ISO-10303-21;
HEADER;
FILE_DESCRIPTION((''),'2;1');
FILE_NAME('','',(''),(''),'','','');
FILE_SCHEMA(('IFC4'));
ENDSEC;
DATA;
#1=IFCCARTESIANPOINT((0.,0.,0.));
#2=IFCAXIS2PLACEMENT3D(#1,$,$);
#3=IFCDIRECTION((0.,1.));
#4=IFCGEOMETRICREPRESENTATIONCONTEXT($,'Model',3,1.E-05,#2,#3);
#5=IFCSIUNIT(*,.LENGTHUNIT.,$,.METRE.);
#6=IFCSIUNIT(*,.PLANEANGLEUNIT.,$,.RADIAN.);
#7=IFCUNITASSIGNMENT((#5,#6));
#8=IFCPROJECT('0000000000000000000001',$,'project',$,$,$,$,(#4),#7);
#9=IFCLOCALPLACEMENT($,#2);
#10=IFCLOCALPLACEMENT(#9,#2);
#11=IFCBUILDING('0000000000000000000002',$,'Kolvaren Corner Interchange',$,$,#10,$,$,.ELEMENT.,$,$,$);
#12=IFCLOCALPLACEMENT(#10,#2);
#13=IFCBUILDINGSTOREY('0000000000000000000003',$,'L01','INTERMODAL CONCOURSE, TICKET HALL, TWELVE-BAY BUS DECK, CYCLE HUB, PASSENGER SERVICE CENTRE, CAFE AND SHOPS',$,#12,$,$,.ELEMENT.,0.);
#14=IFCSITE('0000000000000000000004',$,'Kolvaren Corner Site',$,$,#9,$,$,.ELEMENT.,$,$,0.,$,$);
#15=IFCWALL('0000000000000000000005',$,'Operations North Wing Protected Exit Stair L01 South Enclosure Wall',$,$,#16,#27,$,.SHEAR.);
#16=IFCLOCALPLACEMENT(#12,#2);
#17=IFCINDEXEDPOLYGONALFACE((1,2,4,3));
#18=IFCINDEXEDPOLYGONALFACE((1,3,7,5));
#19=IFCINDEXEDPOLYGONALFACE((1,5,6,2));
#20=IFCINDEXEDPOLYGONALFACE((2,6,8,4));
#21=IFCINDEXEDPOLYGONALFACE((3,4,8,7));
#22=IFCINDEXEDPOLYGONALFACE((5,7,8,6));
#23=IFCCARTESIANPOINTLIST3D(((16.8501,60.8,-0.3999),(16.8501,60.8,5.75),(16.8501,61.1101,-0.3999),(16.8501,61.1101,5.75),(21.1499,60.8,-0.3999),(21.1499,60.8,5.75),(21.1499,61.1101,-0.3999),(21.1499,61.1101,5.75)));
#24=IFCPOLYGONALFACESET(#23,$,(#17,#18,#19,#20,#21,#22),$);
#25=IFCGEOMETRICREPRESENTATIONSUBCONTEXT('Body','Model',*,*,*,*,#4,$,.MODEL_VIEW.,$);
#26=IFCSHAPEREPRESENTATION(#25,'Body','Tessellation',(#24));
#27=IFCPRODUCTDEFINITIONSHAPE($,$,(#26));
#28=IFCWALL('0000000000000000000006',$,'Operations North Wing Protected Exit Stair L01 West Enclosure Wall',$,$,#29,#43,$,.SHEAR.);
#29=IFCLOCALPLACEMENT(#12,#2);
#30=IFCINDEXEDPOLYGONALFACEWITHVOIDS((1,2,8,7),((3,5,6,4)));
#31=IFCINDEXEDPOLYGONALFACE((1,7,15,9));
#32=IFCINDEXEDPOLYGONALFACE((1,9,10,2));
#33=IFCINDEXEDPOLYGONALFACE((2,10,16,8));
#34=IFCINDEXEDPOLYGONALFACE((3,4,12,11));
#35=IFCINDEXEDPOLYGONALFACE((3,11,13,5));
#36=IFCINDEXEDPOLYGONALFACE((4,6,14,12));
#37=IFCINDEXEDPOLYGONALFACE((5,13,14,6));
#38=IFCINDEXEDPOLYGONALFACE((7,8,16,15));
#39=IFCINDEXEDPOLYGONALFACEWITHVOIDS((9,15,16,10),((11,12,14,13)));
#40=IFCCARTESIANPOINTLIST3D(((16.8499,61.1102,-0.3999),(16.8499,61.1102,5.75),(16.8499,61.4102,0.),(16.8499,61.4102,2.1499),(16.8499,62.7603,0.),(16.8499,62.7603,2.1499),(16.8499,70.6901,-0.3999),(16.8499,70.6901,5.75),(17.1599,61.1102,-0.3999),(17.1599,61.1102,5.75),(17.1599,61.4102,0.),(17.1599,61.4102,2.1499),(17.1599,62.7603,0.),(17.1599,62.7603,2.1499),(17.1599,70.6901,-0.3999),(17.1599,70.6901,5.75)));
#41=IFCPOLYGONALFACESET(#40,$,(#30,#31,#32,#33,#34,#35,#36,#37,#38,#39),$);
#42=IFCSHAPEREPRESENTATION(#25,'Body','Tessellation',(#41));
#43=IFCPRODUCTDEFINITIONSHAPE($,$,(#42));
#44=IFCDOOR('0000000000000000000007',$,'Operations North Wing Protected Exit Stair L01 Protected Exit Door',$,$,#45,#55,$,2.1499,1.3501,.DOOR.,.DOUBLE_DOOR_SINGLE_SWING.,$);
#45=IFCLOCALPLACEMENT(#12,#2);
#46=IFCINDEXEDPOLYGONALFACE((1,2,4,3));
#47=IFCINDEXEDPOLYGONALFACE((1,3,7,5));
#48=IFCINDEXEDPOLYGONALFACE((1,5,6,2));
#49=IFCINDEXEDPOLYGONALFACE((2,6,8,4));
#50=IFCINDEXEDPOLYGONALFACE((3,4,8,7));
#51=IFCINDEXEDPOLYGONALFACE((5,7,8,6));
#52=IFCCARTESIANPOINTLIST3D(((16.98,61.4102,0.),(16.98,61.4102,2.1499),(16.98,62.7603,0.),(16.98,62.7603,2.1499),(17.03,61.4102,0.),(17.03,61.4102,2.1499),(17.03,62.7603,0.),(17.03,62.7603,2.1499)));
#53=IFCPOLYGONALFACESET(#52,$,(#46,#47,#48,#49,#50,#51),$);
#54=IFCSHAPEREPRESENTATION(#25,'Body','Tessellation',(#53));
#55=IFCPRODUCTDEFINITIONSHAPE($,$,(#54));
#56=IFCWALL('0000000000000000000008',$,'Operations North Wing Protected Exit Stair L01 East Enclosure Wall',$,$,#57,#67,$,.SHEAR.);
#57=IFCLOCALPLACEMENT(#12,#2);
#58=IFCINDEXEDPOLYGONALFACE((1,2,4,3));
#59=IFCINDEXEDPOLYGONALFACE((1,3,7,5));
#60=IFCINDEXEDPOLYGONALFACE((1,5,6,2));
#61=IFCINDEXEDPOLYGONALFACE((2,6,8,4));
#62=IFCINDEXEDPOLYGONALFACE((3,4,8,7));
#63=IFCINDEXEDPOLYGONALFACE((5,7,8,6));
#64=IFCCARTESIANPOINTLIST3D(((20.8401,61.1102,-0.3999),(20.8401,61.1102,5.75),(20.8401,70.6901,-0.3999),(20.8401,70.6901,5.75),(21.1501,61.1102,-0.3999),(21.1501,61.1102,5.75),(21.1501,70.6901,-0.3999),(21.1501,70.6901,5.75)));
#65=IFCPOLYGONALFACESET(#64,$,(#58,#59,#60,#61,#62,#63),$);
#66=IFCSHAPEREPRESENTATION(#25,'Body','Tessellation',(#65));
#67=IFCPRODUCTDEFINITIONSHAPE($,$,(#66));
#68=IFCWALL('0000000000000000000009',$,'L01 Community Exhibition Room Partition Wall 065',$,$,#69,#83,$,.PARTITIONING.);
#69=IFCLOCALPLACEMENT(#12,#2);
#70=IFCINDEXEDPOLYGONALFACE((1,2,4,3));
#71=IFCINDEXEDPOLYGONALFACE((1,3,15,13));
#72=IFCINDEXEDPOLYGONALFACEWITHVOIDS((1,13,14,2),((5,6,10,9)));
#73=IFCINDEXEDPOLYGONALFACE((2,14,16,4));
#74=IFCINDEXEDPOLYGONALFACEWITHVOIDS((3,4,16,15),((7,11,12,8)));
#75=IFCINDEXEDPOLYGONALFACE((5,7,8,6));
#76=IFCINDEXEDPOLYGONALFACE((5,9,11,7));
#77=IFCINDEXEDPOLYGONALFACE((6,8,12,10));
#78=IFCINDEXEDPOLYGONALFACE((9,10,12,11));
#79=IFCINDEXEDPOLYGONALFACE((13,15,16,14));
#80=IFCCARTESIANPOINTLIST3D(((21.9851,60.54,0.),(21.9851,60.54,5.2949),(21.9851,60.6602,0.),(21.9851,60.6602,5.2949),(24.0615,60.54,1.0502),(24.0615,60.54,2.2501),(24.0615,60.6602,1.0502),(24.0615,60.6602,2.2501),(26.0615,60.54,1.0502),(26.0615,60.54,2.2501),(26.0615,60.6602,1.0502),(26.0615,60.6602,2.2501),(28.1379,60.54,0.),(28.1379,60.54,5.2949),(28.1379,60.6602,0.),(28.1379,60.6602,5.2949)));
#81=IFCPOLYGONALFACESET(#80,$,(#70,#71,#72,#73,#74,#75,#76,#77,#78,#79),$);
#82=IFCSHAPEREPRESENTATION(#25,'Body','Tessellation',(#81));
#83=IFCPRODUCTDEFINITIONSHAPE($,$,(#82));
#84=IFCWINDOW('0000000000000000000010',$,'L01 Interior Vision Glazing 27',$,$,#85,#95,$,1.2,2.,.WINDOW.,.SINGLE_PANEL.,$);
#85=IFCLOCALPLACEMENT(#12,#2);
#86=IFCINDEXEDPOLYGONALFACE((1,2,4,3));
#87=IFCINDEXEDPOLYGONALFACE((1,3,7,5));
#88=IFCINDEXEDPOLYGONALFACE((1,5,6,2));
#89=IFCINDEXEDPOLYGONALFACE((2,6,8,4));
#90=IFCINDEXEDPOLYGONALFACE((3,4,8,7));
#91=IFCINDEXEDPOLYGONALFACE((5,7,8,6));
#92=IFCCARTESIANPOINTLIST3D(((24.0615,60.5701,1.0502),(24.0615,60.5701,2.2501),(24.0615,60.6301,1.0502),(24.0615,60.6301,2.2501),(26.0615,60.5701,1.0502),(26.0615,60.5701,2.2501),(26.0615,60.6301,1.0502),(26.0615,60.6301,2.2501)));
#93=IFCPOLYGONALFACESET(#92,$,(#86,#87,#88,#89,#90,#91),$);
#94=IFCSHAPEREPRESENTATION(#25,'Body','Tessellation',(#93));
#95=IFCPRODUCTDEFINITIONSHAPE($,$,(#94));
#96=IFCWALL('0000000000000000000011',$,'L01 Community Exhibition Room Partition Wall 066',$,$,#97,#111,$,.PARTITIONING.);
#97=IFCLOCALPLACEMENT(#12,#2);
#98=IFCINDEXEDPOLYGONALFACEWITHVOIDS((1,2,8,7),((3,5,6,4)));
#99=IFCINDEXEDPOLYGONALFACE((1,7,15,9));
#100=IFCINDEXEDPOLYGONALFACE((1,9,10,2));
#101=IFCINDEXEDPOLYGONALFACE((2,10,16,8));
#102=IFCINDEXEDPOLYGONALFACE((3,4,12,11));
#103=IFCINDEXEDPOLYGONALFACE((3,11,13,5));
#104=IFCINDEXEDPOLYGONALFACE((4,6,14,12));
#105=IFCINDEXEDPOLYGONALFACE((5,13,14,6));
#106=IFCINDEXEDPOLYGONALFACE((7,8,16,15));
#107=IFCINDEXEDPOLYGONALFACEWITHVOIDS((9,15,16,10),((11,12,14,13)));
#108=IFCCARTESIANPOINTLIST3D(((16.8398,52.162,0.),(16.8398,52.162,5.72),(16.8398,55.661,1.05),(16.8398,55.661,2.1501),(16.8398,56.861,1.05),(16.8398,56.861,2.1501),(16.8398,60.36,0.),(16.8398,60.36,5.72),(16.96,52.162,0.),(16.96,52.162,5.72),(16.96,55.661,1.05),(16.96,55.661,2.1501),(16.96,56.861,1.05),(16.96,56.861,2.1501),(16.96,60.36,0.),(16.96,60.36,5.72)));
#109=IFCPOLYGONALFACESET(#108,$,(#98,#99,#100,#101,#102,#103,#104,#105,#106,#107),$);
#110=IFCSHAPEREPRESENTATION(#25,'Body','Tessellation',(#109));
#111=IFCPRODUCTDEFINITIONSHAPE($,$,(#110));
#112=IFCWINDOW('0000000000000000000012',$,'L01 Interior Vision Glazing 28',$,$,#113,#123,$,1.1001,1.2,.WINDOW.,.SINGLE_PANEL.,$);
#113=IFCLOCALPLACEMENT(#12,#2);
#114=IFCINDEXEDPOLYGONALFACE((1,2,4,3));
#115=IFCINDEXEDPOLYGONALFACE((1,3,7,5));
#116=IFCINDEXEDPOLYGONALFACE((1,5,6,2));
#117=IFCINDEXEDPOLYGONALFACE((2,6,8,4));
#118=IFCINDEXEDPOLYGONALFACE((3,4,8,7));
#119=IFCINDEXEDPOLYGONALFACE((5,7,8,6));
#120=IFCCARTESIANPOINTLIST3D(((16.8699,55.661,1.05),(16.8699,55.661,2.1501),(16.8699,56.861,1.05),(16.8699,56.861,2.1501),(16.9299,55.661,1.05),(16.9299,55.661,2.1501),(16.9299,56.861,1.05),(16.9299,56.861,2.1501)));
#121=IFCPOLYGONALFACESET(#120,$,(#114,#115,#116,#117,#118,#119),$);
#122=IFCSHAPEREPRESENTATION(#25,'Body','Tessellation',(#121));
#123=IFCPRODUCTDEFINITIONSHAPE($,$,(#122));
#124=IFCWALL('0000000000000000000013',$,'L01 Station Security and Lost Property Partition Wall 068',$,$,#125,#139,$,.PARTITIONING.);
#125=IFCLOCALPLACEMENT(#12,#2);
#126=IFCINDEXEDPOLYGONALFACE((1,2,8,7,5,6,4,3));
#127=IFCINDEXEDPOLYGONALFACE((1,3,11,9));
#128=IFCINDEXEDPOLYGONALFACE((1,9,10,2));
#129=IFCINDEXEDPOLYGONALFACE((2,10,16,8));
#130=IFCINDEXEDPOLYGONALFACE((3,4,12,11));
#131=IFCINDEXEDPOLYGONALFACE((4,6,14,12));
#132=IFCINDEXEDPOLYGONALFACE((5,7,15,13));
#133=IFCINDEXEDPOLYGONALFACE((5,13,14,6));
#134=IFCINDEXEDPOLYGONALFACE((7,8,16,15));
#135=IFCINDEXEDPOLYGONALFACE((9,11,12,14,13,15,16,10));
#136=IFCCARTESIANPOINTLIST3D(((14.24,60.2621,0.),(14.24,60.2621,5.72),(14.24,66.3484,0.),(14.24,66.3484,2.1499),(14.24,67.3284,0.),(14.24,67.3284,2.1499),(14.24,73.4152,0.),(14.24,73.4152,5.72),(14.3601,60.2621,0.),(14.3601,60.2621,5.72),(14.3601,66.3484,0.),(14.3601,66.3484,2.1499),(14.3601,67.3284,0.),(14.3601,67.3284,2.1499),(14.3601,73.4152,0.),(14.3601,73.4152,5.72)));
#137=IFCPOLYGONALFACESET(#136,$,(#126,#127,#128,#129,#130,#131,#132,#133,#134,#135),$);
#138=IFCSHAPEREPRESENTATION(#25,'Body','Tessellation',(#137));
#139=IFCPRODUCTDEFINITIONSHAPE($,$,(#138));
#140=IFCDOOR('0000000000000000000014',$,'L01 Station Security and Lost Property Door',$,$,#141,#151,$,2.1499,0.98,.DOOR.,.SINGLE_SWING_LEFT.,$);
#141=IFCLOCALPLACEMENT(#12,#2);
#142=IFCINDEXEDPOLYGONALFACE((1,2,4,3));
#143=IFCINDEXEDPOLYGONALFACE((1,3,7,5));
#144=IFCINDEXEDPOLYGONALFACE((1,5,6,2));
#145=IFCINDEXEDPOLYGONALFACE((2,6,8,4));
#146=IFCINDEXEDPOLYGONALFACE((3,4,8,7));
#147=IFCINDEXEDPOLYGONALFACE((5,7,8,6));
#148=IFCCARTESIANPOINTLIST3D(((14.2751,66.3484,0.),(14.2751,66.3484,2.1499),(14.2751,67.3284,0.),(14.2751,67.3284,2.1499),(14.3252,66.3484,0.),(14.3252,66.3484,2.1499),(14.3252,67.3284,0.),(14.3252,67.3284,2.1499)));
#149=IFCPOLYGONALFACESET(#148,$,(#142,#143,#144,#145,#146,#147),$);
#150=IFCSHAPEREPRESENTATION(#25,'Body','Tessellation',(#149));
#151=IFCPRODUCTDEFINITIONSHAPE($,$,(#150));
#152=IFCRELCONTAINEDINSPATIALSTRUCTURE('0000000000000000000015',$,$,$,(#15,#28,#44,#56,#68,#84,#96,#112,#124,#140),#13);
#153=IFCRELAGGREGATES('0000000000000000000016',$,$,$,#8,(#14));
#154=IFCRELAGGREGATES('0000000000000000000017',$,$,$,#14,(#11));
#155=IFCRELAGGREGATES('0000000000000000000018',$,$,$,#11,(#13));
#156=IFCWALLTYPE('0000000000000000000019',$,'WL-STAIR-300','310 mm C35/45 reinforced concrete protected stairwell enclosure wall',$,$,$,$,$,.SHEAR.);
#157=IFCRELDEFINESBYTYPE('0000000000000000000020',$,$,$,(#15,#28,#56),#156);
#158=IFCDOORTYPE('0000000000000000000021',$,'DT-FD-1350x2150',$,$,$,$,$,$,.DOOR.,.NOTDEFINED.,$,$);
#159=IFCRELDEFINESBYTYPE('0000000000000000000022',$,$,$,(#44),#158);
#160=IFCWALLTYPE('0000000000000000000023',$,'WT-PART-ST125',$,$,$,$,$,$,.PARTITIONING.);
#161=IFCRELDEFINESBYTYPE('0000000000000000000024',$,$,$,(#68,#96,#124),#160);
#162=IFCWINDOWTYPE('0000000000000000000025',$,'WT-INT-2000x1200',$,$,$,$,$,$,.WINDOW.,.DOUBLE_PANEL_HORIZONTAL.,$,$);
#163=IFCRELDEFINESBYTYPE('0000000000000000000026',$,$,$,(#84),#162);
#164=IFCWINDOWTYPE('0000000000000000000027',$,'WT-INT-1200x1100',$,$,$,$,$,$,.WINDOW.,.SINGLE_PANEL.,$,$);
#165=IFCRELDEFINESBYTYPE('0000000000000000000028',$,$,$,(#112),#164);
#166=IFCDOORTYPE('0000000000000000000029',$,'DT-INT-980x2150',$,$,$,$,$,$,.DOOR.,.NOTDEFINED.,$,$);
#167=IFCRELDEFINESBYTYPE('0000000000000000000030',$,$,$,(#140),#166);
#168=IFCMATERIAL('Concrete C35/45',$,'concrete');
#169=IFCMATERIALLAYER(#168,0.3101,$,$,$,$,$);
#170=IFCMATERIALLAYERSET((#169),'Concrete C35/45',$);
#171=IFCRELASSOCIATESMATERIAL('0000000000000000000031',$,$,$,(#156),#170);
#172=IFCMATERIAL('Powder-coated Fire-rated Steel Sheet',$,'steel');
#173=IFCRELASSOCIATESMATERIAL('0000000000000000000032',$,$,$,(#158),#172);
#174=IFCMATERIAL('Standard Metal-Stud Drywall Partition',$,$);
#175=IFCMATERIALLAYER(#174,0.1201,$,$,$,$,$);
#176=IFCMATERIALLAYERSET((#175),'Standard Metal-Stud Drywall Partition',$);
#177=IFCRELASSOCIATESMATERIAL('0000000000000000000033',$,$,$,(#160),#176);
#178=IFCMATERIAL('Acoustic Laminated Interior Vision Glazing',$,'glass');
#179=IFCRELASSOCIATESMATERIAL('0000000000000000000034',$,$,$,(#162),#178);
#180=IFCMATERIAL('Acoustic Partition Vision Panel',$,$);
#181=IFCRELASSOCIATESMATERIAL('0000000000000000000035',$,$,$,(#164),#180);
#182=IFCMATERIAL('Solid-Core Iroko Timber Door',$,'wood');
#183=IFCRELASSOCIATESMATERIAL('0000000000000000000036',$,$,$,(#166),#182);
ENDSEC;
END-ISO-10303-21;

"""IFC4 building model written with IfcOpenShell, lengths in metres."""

from ifc_helpers import new_model, si_unit, direction, frame, frame_2d, origin, place, context, subcontext, project, spatial, rectangle, extrude, material, layer, layer_set, type_object, element, fill, save


model = new_model("IFC4")

# Units and contexts
model_context = context("Model", 3, precision=1e-05, world=origin(), true_north=direction((0.0, 1.0)))
body_context = subcontext(model_context, "Body", "Model", "MODEL_VIEW")
ifc_project = project(units=[si_unit("LENGTHUNIT", "METRE"), si_unit("PLANEANGLEUNIT", "RADIAN")], contexts=[model_context])

# Site, building, storey
site_placement = place(None, origin())
site = spatial("IfcSite", under=ifc_project, at=site_placement, Name="Kolvaren Corner Site", CompositionType="ELEMENT", RefElevation=0.0)
building_placement = place(site_placement, origin())
building = spatial("IfcBuilding", under=site, at=building_placement, Name="Kolvaren Corner Interchange", CompositionType="ELEMENT")
storey_placement = place(building_placement, origin())
storey = spatial("IfcBuildingStorey", under=building, at=storey_placement, Name="L01", Description="INTERMODAL CONCOURSE, TICKET HALL, TWELVE-BAY BUS DECK, CYCLE HUB, PASSENGER SERVICE CENTRE, CAFE AND SHOPS", CompositionType="ELEMENT", Elevation=0.0)

# Wall
ifc_material_1 = material(Name="Concrete C35/45", Category="concrete")
ifc_layer_1 = layer(ifc_material_1, 0.3101)
ifc_layer_set_1 = layer_set([ifc_layer_1], Name="Concrete C35/45")
wall_type_1 = type_object("IfcWallType", Name="WL-STAIR-300", Description="310 mm C35/45 reinforced concrete protected stairwell enclosure wall", PredefinedType="SHEAR", material=ifc_layer_set_1)
wall_1_placement = place(storey_placement, frame((16.8501, 60.9551, -0.3999), z_axis=(0.0, 0.0, 1.0), x_axis=(1.0, 0.0, 0.0)))
element("IfcWall", 1, at=wall_1_placement, inside=storey, type_object=wall_type_1, Name="Operations North Wing Protected Exit Stair L01 South Enclosure Wall", PredefinedType="SHEAR", context=body_context, shape_type="SweptSolid", body=[
    extrude(rectangle(XDim=4.2998, YDim=0.3101, at=frame_2d((2.1499, 0.0))), origin(), (0.0, 0.0, 1.0), 6.1499),
])

# Wall, opening, door
wall_2_placement = place(storey_placement, frame((17.0049, 61.1101, -0.3999), z_axis=(0.0, 0.0, 1.0), x_axis=(0.0, 1.0, 0.0)))
wall_2 = element("IfcWall", 2, at=wall_2_placement, inside=storey, type_object=wall_type_1, Name="Operations North Wing Protected Exit Stair L01 West Enclosure Wall", PredefinedType="SHEAR", context=body_context, shape_type="SweptSolid", body=[
    extrude(rectangle(XDim=9.5798, YDim=0.3101, at=frame_2d((4.79, 0.0))), origin(), (0.0, 0.0, 1.0), 6.1499),
])
opening_1_placement = place(wall_2_placement, frame((0.3, 0.0, 0.3999)))
opening_1 = element("IfcOpeningElement", 3, at=opening_1_placement, cuts=wall_2, PredefinedType="OPENING", context=body_context, shape_type="SweptSolid", body=[
    extrude(rectangle(XDim=1.3501, YDim=2.1499, at=frame_2d((0.675, 1.075))), frame((0.0, 0.165, 0.0), z_axis=(0.0, -1.0, 0.0), x_axis=(1.0, 0.0, 0.0)), (0.0, 0.0, 1.0), 0.3301),
])
ifc_material_2 = material(Name="Powder-coated Fire-rated Steel Sheet", Category="steel")
door_type_1 = type_object("IfcDoorType", Name="DT-FD-1350x2150", OperationType="NOTDEFINED", PredefinedType="DOOR", material=ifc_material_2)
door_1_placement = place(opening_1_placement, origin())
door_1 = element("IfcDoor", 4, at=door_1_placement, inside=storey, type_object=door_type_1, Name="Operations North Wing Protected Exit Stair L01 Protected Exit Door", OperationType="DOUBLE_DOOR_SINGLE_SWING", OverallHeight=2.1499, OverallWidth=1.3501, PredefinedType="DOOR", context=body_context, shape_type="SweptSolid", body=[
    extrude(rectangle(XDim=1.3501, YDim=2.1499, at=frame_2d((0.675, 1.075))), frame((0.0, 0.0249, 0.0), z_axis=(0.0, -1.0, 0.0), x_axis=(1.0, 0.0, 0.0)), (0.0, 0.0, 1.0), 0.05),
])
fill(opening_1, door_1)

# Wall
wall_3_placement = place(storey_placement, frame((20.9951, 61.1101, -0.3999), z_axis=(0.0, 0.0, 1.0), x_axis=(0.0, 1.0, 0.0)))
element("IfcWall", 5, at=wall_3_placement, inside=storey, type_object=wall_type_1, Name="Operations North Wing Protected Exit Stair L01 East Enclosure Wall", PredefinedType="SHEAR", context=body_context, shape_type="SweptSolid", body=[
    extrude(rectangle(XDim=9.5798, YDim=0.3101, at=frame_2d((4.79, 0.0))), origin(), (0.0, 0.0, 1.0), 6.1499),
])

# Walls, openings, windows
ifc_material_3 = material(Name="Standard Metal-Stud Drywall Partition")
ifc_layer_2 = layer(ifc_material_3, 0.1201)
ifc_layer_set_2 = layer_set([ifc_layer_2], Name="Standard Metal-Stud Drywall Partition")
wall_type_2 = type_object("IfcWallType", Name="WT-PART-ST125", PredefinedType="PARTITIONING", material=ifc_layer_set_2)
wall_4_placement = place(storey_placement, frame((28.1379, 60.6001, 0.0), z_axis=(0.0, 0.0, 1.0), x_axis=(-1.0, 0.0, 0.0)))
wall_4 = element("IfcWall", 6, at=wall_4_placement, inside=storey, type_object=wall_type_2, Name="L01 Community Exhibition Room Partition Wall 065", PredefinedType="PARTITIONING", context=body_context, shape_type="SweptSolid", body=[
    extrude(rectangle(XDim=6.1528, YDim=0.1201, at=frame_2d((3.0764, 0.0))), origin(), (0.0, 0.0, 1.0), 5.2949),
])
opening_2_placement = place(wall_4_placement, frame((2.0764, 0.0, 1.05)))
opening_2 = element("IfcOpeningElement", 7, at=opening_2_placement, cuts=wall_4, PredefinedType="OPENING", context=body_context, shape_type="SweptSolid", body=[
    extrude(rectangle(XDim=2.0, YDim=1.2, at=frame_2d((1.0, 0.6001))), frame((0.0, 0.0701, 0.0), z_axis=(0.0, -1.0, 0.0), x_axis=(1.0, 0.0, 0.0)), (0.0, 0.0, 1.0), 0.1401),
])
ifc_material_4 = material(Name="Acoustic Laminated Interior Vision Glazing", Category="glass")
window_type_1 = type_object("IfcWindowType", Name="WT-INT-2000x1200", PartitioningType="DOUBLE_PANEL_HORIZONTAL", PredefinedType="WINDOW", material=ifc_material_4)
window_1_placement = place(opening_2_placement, origin())
window_1 = element("IfcWindow", 8, at=window_1_placement, inside=storey, type_object=window_type_1, Name="L01 Interior Vision Glazing 27", OverallHeight=1.2, OverallWidth=2.0, PartitioningType="SINGLE_PANEL", PredefinedType="WINDOW", context=body_context, shape_type="SweptSolid", body=[
    extrude(rectangle(XDim=2.0, YDim=1.2, at=frame_2d((1.0, 0.6001))), frame((0.0, 0.03, 0.0), z_axis=(0.0, -1.0, 0.0), x_axis=(1.0, 0.0, 0.0)), (0.0, 0.0, 1.0), 0.0601),
])
fill(opening_2, window_1)
wall_5_placement = place(storey_placement, frame((16.8999, 60.3601, 0.0), z_axis=(0.0, 0.0, 1.0), x_axis=(0.0, -1.0, 0.0)))
wall_5 = element("IfcWall", 9, at=wall_5_placement, inside=storey, type_object=wall_type_2, Name="L01 Community Exhibition Room Partition Wall 066", PredefinedType="PARTITIONING", context=body_context, shape_type="SweptSolid", body=[
    extrude(rectangle(XDim=8.198, YDim=0.1201, at=frame_2d((4.0991, 0.0))), origin(), (0.0, 0.0, 1.0), 5.72),
])
opening_3_placement = place(wall_5_placement, frame((3.499, 0.0, 1.05)))
opening_3 = element("IfcOpeningElement", 10, at=opening_3_placement, cuts=wall_5, PredefinedType="OPENING", context=body_context, shape_type="SweptSolid", body=[
    extrude(rectangle(XDim=1.2, YDim=1.1001, at=frame_2d((0.6001, 0.55))), frame((0.0, 0.0701, 0.0), z_axis=(0.0, -1.0, 0.0), x_axis=(1.0, 0.0, 0.0)), (0.0, 0.0, 1.0), 0.1401),
])
ifc_material_5 = material(Name="Acoustic Partition Vision Panel")
window_type_2 = type_object("IfcWindowType", Name="WT-INT-1200x1100", PartitioningType="SINGLE_PANEL", PredefinedType="WINDOW", material=ifc_material_5)
window_2_placement = place(opening_3_placement, origin())
window_2 = element("IfcWindow", 11, at=window_2_placement, inside=storey, type_object=window_type_2, Name="L01 Interior Vision Glazing 28", OverallHeight=1.1001, OverallWidth=1.2, PartitioningType="SINGLE_PANEL", PredefinedType="WINDOW", context=body_context, shape_type="SweptSolid", body=[
    extrude(rectangle(XDim=1.2, YDim=1.1001, at=frame_2d((0.6001, 0.55))), frame((0.0, 0.03, 0.0), z_axis=(0.0, -1.0, 0.0), x_axis=(1.0, 0.0, 0.0)), (0.0, 0.0, 1.0), 0.0601),
])
fill(opening_3, window_2)

# Wall, opening, door
wall_6_placement = place(storey_placement, frame((14.3, 60.262, 0.0), z_axis=(0.0, 0.0, 1.0), x_axis=(0.0, 1.0, 0.0)))
wall_6 = element("IfcWall", 12, at=wall_6_placement, inside=storey, type_object=wall_type_2, Name="L01 Station Security and Lost Property Partition Wall 068", PredefinedType="PARTITIONING", context=body_context, shape_type="SweptSolid", body=[
    extrude(rectangle(XDim=13.1531, YDim=0.1201, at=frame_2d((6.5767, 0.0))), origin(), (0.0, 0.0, 1.0), 5.72),
])
opening_4_placement = place(wall_6_placement, frame((6.0864, 0.0, 0.0)))
opening_4 = element("IfcOpeningElement", 13, at=opening_4_placement, cuts=wall_6, PredefinedType="OPENING", context=body_context, shape_type="SweptSolid", body=[
    extrude(rectangle(XDim=0.98, YDim=2.1499, at=frame_2d((0.49, 1.075))), frame((0.0, 0.0701, 0.0), z_axis=(0.0, -1.0, 0.0), x_axis=(1.0, 0.0, 0.0)), (0.0, 0.0, 1.0), 0.1401),
])
ifc_material_6 = material(Name="Solid-Core Iroko Timber Door", Category="wood")
door_type_2 = type_object("IfcDoorType", Name="DT-INT-980x2150", OperationType="NOTDEFINED", PredefinedType="DOOR", material=ifc_material_6)
door_2_placement = place(opening_4_placement, origin())
door_2 = element("IfcDoor", 14, at=door_2_placement, inside=storey, type_object=door_type_2, Name="L01 Station Security and Lost Property Door", OperationType="SINGLE_SWING_LEFT", OverallHeight=2.1499, OverallWidth=0.98, PredefinedType="DOOR", context=body_context, shape_type="SweptSolid", body=[
    extrude(rectangle(XDim=0.98, YDim=2.1499, at=frame_2d((0.49, 1.075))), frame((0.0, 0.0249, 0.0), z_axis=(0.0, -1.0, 0.0), x_axis=(1.0, 0.0, 0.0)), (0.0, 0.0, 1.0), 0.05),
])
fill(opening_4, door_2)

save(model, "model.ifc")
